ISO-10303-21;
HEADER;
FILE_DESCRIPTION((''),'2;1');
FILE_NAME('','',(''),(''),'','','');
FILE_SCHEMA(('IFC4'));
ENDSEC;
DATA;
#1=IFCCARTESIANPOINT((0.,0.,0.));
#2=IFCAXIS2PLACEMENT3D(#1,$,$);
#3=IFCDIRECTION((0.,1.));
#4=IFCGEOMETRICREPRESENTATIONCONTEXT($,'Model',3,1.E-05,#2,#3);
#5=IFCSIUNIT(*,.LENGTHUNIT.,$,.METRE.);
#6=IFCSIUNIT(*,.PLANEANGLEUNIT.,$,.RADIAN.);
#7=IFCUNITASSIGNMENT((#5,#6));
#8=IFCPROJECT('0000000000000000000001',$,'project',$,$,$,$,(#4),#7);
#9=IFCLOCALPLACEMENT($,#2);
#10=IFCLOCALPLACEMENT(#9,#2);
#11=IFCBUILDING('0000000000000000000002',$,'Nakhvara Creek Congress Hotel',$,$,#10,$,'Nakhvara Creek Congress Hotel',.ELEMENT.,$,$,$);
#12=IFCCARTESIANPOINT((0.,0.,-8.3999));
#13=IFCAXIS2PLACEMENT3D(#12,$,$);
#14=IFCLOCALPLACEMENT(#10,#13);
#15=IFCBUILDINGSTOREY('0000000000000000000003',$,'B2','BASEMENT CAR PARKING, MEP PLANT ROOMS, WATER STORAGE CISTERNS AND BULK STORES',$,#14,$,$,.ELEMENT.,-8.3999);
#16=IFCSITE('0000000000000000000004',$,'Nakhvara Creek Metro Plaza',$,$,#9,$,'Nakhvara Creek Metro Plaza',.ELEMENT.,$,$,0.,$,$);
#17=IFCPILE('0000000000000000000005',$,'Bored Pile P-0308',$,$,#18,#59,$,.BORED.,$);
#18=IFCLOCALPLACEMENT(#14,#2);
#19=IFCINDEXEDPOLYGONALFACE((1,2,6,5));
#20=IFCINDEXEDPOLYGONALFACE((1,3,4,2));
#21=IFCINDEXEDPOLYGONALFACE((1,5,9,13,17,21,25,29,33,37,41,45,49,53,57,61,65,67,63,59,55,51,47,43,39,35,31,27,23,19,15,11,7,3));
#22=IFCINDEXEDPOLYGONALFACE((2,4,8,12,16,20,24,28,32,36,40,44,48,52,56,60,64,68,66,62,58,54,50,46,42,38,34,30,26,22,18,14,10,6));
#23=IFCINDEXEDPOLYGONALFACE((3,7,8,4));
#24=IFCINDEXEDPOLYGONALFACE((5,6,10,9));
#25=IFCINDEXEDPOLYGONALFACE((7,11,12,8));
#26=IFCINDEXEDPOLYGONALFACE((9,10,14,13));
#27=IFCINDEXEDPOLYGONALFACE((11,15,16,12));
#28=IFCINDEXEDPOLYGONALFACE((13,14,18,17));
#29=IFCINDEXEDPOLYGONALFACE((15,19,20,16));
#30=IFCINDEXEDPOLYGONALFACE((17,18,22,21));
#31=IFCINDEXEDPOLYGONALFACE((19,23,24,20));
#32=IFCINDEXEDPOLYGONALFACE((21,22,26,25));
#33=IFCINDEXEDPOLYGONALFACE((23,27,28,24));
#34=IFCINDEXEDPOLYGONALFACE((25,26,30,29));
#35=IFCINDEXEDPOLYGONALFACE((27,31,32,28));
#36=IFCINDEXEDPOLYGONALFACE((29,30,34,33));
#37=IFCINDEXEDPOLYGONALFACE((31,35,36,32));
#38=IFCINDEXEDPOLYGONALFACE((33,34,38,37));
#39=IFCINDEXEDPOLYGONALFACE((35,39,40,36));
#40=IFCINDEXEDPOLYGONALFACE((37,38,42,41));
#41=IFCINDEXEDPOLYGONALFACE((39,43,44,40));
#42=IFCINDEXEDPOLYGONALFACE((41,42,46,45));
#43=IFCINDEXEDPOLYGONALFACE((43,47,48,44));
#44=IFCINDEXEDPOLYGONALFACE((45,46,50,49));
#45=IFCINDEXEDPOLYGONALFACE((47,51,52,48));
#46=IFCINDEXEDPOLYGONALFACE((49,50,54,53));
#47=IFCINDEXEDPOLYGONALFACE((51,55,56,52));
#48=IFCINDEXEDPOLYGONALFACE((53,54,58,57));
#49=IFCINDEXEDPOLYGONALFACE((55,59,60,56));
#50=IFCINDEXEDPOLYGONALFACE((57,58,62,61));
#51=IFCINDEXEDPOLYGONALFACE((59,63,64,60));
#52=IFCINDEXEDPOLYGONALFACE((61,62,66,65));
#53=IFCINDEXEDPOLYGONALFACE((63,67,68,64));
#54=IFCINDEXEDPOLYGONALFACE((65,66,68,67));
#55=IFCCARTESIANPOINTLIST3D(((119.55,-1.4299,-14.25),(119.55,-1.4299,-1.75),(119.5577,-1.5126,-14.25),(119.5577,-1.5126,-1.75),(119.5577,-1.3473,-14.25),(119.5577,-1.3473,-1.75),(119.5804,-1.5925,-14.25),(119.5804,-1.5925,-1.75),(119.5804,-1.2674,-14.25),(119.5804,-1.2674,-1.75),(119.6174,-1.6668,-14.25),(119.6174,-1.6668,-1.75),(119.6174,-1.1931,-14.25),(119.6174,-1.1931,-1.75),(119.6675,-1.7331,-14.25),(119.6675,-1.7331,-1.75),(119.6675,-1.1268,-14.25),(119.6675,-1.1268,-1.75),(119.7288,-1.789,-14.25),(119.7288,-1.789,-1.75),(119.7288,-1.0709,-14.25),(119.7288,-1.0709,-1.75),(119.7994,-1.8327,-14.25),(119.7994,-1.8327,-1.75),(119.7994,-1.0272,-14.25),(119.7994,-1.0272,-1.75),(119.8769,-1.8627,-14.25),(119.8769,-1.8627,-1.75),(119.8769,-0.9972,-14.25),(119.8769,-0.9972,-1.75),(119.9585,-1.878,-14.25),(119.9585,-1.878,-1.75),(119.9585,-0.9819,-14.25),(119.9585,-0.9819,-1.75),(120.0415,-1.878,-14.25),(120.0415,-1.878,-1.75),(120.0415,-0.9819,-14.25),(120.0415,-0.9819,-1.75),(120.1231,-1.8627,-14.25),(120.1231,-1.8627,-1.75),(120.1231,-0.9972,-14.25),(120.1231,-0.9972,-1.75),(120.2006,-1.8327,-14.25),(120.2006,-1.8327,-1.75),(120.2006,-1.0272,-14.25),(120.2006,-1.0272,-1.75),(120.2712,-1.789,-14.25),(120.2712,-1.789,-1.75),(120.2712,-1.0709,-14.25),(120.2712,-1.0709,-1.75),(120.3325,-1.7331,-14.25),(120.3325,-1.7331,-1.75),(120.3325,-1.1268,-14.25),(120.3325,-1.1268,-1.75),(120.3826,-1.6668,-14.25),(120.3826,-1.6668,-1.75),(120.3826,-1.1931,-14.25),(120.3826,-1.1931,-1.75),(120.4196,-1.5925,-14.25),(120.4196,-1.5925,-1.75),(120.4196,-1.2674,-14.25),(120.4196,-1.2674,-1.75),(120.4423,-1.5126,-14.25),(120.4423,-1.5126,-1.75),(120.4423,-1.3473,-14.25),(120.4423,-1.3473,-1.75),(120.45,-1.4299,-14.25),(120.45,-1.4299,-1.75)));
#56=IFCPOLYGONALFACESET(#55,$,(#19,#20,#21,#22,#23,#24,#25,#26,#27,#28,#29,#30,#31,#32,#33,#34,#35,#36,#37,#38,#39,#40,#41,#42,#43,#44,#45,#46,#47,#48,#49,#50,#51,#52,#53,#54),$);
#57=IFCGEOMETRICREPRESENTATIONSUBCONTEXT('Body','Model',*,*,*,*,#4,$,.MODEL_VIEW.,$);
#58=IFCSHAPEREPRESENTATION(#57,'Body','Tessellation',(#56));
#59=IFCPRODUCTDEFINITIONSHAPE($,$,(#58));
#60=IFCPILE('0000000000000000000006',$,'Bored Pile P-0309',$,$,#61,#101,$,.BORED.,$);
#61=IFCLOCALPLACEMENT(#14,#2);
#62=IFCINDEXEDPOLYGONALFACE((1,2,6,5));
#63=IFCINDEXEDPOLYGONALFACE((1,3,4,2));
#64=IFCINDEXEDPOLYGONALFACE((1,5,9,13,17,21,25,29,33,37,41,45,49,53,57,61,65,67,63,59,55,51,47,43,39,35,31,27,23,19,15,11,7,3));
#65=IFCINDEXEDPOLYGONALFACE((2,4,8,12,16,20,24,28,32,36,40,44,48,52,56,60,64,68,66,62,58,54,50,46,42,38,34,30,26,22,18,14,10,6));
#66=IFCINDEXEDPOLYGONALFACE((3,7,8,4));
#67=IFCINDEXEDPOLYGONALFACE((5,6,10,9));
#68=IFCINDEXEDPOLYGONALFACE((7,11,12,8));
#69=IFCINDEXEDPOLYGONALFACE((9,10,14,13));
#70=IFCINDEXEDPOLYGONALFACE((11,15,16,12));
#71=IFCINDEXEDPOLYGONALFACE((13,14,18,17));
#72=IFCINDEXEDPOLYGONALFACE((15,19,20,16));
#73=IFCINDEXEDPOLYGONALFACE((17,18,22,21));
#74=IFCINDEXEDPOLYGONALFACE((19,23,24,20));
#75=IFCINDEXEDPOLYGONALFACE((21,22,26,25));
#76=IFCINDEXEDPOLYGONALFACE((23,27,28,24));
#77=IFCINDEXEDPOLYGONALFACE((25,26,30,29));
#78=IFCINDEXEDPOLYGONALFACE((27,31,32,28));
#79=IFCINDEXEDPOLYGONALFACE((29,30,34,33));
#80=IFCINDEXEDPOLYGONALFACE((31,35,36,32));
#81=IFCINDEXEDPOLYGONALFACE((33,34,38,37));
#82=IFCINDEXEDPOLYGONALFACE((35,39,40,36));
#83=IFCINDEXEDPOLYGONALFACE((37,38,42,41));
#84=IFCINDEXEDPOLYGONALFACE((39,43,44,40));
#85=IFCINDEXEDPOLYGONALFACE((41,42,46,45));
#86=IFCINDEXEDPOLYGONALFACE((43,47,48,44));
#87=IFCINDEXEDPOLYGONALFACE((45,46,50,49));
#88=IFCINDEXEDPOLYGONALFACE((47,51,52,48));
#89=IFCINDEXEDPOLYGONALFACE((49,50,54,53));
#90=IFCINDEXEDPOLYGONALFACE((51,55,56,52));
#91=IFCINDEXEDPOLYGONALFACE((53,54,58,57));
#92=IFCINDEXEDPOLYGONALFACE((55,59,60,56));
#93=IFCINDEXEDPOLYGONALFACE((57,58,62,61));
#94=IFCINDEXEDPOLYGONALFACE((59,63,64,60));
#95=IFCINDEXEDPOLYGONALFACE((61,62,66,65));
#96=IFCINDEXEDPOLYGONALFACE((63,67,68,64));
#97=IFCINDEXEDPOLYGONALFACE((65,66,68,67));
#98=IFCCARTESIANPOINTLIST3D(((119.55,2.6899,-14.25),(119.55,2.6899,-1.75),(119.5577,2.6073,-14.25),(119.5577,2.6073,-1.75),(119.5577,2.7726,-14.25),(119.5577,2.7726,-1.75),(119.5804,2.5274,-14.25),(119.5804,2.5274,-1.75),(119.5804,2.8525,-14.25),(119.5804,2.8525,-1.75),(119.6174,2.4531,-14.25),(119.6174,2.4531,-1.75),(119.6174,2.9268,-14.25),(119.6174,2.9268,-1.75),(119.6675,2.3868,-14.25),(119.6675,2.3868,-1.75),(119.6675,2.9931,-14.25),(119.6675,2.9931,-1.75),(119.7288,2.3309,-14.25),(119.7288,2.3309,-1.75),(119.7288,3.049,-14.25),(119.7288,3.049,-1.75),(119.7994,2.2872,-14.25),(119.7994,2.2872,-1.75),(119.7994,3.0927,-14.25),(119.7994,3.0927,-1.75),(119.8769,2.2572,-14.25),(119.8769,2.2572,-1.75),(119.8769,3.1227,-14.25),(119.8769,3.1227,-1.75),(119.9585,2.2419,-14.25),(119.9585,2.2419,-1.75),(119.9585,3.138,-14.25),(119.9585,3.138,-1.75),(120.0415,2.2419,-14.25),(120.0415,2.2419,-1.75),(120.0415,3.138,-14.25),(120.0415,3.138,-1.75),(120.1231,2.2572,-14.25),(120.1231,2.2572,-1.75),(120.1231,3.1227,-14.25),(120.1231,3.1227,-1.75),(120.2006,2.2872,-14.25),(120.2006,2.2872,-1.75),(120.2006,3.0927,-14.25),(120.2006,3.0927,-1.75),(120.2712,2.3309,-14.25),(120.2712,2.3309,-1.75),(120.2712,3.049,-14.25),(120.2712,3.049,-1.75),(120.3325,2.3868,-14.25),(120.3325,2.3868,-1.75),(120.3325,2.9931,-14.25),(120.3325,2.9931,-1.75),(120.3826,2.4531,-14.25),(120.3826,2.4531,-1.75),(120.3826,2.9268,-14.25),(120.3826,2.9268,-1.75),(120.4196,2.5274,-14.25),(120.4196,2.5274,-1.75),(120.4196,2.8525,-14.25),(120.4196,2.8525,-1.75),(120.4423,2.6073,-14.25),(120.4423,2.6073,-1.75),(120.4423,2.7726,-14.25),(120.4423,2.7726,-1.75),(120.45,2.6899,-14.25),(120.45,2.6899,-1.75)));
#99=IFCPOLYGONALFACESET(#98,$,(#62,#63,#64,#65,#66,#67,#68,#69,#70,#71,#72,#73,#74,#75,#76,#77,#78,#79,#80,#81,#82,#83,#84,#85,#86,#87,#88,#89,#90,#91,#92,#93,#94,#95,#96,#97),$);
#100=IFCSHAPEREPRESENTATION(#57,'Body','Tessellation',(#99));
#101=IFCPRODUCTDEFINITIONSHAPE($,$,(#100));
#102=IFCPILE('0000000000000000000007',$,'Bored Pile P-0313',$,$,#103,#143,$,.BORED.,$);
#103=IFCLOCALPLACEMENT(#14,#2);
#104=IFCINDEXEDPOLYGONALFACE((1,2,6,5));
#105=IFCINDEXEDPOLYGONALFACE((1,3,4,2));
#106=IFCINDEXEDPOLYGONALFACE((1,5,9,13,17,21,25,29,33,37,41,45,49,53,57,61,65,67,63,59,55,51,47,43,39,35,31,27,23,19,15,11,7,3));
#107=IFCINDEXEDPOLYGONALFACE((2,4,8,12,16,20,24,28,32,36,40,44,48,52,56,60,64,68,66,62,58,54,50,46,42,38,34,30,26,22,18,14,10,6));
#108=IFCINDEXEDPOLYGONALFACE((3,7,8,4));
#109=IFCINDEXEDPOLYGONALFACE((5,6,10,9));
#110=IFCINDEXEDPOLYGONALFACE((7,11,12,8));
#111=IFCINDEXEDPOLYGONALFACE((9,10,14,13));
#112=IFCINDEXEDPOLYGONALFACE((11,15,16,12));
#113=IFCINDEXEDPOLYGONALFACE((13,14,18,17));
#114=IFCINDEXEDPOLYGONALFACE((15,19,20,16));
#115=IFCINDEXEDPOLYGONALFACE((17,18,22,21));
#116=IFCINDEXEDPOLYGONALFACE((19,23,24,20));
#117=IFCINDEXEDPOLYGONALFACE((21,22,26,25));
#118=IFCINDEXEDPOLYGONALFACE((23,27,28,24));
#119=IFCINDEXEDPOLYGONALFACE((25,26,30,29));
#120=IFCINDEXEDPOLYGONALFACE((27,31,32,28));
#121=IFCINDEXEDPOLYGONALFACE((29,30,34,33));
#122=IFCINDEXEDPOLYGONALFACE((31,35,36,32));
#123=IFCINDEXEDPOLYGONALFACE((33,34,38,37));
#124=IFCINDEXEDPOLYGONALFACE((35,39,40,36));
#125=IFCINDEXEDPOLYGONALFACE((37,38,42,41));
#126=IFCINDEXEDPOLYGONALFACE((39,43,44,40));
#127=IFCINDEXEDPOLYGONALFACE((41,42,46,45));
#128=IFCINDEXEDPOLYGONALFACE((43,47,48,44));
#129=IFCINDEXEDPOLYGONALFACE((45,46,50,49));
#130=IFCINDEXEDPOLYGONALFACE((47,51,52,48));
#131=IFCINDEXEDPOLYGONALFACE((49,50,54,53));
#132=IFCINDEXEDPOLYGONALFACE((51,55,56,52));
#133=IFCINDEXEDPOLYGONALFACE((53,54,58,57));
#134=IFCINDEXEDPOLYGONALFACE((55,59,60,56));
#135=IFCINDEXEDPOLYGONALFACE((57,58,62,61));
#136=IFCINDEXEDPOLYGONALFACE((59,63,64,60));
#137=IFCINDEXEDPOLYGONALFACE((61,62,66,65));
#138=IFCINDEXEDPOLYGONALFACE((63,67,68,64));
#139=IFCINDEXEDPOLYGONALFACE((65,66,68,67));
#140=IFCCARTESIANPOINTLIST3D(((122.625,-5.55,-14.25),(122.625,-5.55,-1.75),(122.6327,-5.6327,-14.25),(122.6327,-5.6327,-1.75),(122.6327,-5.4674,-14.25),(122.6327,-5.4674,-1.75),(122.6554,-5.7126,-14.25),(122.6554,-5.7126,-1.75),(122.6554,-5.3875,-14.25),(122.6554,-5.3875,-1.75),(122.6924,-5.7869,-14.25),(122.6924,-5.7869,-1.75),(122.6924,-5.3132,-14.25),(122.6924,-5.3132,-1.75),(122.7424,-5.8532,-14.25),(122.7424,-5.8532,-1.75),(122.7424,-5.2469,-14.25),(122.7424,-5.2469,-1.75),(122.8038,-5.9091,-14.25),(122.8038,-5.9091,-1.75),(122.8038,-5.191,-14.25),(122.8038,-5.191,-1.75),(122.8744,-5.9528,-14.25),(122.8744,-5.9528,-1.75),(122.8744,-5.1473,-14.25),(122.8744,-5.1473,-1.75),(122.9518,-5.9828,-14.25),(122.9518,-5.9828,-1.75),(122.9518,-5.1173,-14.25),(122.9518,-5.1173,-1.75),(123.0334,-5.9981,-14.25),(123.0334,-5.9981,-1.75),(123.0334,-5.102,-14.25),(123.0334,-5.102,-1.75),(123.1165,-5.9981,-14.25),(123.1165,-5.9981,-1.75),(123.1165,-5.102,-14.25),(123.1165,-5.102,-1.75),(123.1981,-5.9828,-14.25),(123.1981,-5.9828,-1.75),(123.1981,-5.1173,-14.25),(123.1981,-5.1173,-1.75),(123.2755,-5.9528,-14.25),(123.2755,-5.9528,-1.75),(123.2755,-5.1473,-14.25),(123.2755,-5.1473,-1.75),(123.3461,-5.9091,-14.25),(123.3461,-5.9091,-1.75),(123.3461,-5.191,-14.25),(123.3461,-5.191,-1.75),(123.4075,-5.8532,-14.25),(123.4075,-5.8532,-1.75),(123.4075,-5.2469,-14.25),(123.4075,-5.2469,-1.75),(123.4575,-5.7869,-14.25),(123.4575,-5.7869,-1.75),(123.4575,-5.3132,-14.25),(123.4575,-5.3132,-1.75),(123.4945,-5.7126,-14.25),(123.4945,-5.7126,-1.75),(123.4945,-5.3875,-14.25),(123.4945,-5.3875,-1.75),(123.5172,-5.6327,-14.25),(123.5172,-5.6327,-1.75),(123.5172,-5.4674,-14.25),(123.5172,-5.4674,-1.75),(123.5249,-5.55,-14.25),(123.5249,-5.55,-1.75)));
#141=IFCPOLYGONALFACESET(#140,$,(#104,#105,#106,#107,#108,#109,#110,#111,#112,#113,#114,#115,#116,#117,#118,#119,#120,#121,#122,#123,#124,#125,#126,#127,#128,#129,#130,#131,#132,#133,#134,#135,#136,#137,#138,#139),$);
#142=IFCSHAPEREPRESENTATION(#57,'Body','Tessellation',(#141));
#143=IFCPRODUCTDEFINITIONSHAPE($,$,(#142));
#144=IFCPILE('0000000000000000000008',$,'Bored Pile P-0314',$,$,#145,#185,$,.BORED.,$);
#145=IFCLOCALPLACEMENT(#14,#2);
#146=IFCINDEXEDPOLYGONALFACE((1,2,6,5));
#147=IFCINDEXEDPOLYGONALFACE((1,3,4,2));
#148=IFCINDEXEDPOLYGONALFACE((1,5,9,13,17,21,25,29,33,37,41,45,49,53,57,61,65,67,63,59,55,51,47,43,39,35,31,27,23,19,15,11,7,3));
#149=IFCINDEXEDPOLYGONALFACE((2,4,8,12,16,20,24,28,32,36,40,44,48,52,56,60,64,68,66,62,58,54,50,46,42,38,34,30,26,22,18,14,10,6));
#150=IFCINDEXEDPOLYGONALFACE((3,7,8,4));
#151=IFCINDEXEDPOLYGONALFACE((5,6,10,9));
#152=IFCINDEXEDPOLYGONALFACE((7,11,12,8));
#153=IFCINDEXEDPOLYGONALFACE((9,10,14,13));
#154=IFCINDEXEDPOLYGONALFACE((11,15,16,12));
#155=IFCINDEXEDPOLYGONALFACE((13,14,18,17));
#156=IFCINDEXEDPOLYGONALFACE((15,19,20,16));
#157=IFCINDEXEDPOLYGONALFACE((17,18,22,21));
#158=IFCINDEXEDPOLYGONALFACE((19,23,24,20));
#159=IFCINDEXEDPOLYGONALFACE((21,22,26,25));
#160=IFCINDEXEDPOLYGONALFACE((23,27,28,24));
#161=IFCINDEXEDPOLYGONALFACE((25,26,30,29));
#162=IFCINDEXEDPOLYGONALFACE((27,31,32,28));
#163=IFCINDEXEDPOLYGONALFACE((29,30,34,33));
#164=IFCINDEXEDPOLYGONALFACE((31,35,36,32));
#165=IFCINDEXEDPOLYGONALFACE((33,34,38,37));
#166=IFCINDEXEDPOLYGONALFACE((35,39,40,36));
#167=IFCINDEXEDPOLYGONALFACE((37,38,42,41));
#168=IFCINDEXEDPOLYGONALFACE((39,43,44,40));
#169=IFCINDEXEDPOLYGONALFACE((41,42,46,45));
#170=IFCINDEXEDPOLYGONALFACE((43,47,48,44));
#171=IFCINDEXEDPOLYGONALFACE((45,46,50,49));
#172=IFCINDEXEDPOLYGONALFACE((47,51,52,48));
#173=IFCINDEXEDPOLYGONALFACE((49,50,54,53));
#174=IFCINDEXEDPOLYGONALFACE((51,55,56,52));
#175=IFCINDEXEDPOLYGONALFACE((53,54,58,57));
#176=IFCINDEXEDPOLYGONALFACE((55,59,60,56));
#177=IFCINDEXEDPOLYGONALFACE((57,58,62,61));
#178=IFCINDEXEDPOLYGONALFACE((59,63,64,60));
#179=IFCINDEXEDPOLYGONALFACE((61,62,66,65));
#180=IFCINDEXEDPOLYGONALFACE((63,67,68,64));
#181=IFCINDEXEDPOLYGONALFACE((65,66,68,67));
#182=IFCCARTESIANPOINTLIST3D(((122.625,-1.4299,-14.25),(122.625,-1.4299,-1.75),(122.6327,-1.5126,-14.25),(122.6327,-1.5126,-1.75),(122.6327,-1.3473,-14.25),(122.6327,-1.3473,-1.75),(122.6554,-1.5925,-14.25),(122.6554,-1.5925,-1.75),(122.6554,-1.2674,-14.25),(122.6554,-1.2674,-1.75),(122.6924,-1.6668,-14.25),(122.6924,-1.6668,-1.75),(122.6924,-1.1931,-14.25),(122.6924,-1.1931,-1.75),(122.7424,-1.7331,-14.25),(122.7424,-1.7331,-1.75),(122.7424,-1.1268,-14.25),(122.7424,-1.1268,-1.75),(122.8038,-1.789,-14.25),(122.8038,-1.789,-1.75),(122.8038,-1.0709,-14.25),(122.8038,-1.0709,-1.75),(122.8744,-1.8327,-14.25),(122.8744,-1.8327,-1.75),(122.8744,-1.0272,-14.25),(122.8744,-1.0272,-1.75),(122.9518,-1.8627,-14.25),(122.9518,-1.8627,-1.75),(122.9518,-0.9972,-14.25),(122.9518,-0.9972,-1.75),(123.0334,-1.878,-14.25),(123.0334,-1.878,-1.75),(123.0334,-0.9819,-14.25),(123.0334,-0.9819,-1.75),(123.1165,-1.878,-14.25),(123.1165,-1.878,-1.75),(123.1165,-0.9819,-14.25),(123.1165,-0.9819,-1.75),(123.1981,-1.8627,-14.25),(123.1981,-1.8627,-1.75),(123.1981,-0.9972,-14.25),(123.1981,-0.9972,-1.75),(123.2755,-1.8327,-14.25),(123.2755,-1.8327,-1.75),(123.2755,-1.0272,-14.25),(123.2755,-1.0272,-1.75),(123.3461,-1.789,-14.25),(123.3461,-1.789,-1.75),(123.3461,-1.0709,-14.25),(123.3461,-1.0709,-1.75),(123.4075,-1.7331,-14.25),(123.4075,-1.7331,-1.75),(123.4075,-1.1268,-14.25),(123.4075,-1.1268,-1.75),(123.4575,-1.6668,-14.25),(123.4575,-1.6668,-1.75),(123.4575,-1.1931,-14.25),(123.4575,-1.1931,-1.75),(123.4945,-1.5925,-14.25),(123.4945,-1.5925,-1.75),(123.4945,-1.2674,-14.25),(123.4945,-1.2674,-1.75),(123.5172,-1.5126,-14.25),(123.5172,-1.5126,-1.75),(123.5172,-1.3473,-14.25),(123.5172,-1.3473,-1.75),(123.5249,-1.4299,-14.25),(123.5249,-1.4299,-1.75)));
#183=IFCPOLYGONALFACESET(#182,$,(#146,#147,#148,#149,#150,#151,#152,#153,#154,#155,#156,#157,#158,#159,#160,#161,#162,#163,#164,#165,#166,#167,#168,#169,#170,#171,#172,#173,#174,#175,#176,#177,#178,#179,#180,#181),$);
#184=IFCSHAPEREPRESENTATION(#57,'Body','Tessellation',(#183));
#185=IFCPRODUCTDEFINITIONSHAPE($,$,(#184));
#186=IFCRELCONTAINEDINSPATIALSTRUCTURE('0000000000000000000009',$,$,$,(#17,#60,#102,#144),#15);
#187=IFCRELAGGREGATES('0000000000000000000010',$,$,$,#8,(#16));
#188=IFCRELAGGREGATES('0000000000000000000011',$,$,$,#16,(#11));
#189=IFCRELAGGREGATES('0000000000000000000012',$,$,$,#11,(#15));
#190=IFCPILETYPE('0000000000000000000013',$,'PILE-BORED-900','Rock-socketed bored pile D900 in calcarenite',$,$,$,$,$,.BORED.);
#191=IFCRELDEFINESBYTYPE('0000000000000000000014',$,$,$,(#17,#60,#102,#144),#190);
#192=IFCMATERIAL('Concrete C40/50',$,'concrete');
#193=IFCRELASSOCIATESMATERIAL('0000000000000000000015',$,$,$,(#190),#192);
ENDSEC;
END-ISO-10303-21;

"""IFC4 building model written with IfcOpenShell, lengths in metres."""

from ifc_helpers import new_model, si_unit, direction, frame, origin, origin_2d, place, context, subcontext, project, spatial, circle, extrude, material, material_profile, profile_set, type_object, element, save


model = new_model("IFC4")

# Units and contexts
model_context = context("Model", 3, precision=1e-05, world=origin(), true_north=direction((0.0, 1.0)))
body_context = subcontext(model_context, "Body", "Model", "MODEL_VIEW")
ifc_project = project(units=[si_unit("LENGTHUNIT", "METRE"), si_unit("PLANEANGLEUNIT", "RADIAN")], contexts=[model_context])

# Site, building, storey
site_placement = place(None, origin())
site = spatial("IfcSite", under=ifc_project, at=site_placement, Name="Nakhvara Creek Metro Plaza", LongName="Nakhvara Creek Metro Plaza", CompositionType="ELEMENT", RefElevation=0.0)
building_placement = place(site_placement, origin())
building = spatial("IfcBuilding", under=site, at=building_placement, Name="Nakhvara Creek Congress Hotel", LongName="Nakhvara Creek Congress Hotel", CompositionType="ELEMENT")
storey_placement = place(building_placement, frame((0.0, 0.0, -8.3999)))
storey = spatial("IfcBuildingStorey", under=building, at=storey_placement, Name="B2", Description="BASEMENT CAR PARKING, MEP PLANT ROOMS, WATER STORAGE CISTERNS AND BULK STORES", CompositionType="ELEMENT", Elevation=-8.3999)

# Shared definitions
ifc_material_1 = material(Name="Concrete C40/50", Category="concrete")

# Piles
ifc_material_profile_1 = material_profile(ifc_material_1, circle(Radius=0.45, at=origin_2d()), Name="BORED PILE D900", Category="LoadBearing")
ifc_profile_set_1 = profile_set([ifc_material_profile_1], Name="Concrete C40/50")
pile_type = type_object("IfcPileType", Name="PILE-BORED-900", Description="Rock-socketed bored pile D900 in calcarenite", PredefinedType="BORED", material=ifc_profile_set_1)
for number, where, z_axis, x_axis, name in (
    (1, (120.0, -1.4299, -1.75), (0.0, 0.0, -1.0), (1.0, 0.0, 0.0), "Bored Pile P-0308"),
    (2, (120.0, 2.6899, -1.75), (0.0, 0.0, -1.0), (1.0, 0.0, 0.0), "Bored Pile P-0309"),
    (3, (123.075, -5.55, -1.75), (0.0, 0.0, -1.0), (1.0, 0.0, 0.0), "Bored Pile P-0313"),
    (4, (123.075, -1.4299, -1.75), (0.0, 0.0, -1.0), (1.0, 0.0, 0.0), "Bored Pile P-0314"),
):
    element("IfcPile", number, at=place(storey_placement, frame(where, z_axis=z_axis, x_axis=x_axis)), inside=storey, type_object=pile_type, Name=name, PredefinedType="BORED", context=body_context, shape_type="SweptSolid", body=[
        extrude(circle(Radius=0.45, at=origin_2d()), origin(), (0.0, 0.0, 1.0), 12.5),
    ])

save(model, "model.ifc")
